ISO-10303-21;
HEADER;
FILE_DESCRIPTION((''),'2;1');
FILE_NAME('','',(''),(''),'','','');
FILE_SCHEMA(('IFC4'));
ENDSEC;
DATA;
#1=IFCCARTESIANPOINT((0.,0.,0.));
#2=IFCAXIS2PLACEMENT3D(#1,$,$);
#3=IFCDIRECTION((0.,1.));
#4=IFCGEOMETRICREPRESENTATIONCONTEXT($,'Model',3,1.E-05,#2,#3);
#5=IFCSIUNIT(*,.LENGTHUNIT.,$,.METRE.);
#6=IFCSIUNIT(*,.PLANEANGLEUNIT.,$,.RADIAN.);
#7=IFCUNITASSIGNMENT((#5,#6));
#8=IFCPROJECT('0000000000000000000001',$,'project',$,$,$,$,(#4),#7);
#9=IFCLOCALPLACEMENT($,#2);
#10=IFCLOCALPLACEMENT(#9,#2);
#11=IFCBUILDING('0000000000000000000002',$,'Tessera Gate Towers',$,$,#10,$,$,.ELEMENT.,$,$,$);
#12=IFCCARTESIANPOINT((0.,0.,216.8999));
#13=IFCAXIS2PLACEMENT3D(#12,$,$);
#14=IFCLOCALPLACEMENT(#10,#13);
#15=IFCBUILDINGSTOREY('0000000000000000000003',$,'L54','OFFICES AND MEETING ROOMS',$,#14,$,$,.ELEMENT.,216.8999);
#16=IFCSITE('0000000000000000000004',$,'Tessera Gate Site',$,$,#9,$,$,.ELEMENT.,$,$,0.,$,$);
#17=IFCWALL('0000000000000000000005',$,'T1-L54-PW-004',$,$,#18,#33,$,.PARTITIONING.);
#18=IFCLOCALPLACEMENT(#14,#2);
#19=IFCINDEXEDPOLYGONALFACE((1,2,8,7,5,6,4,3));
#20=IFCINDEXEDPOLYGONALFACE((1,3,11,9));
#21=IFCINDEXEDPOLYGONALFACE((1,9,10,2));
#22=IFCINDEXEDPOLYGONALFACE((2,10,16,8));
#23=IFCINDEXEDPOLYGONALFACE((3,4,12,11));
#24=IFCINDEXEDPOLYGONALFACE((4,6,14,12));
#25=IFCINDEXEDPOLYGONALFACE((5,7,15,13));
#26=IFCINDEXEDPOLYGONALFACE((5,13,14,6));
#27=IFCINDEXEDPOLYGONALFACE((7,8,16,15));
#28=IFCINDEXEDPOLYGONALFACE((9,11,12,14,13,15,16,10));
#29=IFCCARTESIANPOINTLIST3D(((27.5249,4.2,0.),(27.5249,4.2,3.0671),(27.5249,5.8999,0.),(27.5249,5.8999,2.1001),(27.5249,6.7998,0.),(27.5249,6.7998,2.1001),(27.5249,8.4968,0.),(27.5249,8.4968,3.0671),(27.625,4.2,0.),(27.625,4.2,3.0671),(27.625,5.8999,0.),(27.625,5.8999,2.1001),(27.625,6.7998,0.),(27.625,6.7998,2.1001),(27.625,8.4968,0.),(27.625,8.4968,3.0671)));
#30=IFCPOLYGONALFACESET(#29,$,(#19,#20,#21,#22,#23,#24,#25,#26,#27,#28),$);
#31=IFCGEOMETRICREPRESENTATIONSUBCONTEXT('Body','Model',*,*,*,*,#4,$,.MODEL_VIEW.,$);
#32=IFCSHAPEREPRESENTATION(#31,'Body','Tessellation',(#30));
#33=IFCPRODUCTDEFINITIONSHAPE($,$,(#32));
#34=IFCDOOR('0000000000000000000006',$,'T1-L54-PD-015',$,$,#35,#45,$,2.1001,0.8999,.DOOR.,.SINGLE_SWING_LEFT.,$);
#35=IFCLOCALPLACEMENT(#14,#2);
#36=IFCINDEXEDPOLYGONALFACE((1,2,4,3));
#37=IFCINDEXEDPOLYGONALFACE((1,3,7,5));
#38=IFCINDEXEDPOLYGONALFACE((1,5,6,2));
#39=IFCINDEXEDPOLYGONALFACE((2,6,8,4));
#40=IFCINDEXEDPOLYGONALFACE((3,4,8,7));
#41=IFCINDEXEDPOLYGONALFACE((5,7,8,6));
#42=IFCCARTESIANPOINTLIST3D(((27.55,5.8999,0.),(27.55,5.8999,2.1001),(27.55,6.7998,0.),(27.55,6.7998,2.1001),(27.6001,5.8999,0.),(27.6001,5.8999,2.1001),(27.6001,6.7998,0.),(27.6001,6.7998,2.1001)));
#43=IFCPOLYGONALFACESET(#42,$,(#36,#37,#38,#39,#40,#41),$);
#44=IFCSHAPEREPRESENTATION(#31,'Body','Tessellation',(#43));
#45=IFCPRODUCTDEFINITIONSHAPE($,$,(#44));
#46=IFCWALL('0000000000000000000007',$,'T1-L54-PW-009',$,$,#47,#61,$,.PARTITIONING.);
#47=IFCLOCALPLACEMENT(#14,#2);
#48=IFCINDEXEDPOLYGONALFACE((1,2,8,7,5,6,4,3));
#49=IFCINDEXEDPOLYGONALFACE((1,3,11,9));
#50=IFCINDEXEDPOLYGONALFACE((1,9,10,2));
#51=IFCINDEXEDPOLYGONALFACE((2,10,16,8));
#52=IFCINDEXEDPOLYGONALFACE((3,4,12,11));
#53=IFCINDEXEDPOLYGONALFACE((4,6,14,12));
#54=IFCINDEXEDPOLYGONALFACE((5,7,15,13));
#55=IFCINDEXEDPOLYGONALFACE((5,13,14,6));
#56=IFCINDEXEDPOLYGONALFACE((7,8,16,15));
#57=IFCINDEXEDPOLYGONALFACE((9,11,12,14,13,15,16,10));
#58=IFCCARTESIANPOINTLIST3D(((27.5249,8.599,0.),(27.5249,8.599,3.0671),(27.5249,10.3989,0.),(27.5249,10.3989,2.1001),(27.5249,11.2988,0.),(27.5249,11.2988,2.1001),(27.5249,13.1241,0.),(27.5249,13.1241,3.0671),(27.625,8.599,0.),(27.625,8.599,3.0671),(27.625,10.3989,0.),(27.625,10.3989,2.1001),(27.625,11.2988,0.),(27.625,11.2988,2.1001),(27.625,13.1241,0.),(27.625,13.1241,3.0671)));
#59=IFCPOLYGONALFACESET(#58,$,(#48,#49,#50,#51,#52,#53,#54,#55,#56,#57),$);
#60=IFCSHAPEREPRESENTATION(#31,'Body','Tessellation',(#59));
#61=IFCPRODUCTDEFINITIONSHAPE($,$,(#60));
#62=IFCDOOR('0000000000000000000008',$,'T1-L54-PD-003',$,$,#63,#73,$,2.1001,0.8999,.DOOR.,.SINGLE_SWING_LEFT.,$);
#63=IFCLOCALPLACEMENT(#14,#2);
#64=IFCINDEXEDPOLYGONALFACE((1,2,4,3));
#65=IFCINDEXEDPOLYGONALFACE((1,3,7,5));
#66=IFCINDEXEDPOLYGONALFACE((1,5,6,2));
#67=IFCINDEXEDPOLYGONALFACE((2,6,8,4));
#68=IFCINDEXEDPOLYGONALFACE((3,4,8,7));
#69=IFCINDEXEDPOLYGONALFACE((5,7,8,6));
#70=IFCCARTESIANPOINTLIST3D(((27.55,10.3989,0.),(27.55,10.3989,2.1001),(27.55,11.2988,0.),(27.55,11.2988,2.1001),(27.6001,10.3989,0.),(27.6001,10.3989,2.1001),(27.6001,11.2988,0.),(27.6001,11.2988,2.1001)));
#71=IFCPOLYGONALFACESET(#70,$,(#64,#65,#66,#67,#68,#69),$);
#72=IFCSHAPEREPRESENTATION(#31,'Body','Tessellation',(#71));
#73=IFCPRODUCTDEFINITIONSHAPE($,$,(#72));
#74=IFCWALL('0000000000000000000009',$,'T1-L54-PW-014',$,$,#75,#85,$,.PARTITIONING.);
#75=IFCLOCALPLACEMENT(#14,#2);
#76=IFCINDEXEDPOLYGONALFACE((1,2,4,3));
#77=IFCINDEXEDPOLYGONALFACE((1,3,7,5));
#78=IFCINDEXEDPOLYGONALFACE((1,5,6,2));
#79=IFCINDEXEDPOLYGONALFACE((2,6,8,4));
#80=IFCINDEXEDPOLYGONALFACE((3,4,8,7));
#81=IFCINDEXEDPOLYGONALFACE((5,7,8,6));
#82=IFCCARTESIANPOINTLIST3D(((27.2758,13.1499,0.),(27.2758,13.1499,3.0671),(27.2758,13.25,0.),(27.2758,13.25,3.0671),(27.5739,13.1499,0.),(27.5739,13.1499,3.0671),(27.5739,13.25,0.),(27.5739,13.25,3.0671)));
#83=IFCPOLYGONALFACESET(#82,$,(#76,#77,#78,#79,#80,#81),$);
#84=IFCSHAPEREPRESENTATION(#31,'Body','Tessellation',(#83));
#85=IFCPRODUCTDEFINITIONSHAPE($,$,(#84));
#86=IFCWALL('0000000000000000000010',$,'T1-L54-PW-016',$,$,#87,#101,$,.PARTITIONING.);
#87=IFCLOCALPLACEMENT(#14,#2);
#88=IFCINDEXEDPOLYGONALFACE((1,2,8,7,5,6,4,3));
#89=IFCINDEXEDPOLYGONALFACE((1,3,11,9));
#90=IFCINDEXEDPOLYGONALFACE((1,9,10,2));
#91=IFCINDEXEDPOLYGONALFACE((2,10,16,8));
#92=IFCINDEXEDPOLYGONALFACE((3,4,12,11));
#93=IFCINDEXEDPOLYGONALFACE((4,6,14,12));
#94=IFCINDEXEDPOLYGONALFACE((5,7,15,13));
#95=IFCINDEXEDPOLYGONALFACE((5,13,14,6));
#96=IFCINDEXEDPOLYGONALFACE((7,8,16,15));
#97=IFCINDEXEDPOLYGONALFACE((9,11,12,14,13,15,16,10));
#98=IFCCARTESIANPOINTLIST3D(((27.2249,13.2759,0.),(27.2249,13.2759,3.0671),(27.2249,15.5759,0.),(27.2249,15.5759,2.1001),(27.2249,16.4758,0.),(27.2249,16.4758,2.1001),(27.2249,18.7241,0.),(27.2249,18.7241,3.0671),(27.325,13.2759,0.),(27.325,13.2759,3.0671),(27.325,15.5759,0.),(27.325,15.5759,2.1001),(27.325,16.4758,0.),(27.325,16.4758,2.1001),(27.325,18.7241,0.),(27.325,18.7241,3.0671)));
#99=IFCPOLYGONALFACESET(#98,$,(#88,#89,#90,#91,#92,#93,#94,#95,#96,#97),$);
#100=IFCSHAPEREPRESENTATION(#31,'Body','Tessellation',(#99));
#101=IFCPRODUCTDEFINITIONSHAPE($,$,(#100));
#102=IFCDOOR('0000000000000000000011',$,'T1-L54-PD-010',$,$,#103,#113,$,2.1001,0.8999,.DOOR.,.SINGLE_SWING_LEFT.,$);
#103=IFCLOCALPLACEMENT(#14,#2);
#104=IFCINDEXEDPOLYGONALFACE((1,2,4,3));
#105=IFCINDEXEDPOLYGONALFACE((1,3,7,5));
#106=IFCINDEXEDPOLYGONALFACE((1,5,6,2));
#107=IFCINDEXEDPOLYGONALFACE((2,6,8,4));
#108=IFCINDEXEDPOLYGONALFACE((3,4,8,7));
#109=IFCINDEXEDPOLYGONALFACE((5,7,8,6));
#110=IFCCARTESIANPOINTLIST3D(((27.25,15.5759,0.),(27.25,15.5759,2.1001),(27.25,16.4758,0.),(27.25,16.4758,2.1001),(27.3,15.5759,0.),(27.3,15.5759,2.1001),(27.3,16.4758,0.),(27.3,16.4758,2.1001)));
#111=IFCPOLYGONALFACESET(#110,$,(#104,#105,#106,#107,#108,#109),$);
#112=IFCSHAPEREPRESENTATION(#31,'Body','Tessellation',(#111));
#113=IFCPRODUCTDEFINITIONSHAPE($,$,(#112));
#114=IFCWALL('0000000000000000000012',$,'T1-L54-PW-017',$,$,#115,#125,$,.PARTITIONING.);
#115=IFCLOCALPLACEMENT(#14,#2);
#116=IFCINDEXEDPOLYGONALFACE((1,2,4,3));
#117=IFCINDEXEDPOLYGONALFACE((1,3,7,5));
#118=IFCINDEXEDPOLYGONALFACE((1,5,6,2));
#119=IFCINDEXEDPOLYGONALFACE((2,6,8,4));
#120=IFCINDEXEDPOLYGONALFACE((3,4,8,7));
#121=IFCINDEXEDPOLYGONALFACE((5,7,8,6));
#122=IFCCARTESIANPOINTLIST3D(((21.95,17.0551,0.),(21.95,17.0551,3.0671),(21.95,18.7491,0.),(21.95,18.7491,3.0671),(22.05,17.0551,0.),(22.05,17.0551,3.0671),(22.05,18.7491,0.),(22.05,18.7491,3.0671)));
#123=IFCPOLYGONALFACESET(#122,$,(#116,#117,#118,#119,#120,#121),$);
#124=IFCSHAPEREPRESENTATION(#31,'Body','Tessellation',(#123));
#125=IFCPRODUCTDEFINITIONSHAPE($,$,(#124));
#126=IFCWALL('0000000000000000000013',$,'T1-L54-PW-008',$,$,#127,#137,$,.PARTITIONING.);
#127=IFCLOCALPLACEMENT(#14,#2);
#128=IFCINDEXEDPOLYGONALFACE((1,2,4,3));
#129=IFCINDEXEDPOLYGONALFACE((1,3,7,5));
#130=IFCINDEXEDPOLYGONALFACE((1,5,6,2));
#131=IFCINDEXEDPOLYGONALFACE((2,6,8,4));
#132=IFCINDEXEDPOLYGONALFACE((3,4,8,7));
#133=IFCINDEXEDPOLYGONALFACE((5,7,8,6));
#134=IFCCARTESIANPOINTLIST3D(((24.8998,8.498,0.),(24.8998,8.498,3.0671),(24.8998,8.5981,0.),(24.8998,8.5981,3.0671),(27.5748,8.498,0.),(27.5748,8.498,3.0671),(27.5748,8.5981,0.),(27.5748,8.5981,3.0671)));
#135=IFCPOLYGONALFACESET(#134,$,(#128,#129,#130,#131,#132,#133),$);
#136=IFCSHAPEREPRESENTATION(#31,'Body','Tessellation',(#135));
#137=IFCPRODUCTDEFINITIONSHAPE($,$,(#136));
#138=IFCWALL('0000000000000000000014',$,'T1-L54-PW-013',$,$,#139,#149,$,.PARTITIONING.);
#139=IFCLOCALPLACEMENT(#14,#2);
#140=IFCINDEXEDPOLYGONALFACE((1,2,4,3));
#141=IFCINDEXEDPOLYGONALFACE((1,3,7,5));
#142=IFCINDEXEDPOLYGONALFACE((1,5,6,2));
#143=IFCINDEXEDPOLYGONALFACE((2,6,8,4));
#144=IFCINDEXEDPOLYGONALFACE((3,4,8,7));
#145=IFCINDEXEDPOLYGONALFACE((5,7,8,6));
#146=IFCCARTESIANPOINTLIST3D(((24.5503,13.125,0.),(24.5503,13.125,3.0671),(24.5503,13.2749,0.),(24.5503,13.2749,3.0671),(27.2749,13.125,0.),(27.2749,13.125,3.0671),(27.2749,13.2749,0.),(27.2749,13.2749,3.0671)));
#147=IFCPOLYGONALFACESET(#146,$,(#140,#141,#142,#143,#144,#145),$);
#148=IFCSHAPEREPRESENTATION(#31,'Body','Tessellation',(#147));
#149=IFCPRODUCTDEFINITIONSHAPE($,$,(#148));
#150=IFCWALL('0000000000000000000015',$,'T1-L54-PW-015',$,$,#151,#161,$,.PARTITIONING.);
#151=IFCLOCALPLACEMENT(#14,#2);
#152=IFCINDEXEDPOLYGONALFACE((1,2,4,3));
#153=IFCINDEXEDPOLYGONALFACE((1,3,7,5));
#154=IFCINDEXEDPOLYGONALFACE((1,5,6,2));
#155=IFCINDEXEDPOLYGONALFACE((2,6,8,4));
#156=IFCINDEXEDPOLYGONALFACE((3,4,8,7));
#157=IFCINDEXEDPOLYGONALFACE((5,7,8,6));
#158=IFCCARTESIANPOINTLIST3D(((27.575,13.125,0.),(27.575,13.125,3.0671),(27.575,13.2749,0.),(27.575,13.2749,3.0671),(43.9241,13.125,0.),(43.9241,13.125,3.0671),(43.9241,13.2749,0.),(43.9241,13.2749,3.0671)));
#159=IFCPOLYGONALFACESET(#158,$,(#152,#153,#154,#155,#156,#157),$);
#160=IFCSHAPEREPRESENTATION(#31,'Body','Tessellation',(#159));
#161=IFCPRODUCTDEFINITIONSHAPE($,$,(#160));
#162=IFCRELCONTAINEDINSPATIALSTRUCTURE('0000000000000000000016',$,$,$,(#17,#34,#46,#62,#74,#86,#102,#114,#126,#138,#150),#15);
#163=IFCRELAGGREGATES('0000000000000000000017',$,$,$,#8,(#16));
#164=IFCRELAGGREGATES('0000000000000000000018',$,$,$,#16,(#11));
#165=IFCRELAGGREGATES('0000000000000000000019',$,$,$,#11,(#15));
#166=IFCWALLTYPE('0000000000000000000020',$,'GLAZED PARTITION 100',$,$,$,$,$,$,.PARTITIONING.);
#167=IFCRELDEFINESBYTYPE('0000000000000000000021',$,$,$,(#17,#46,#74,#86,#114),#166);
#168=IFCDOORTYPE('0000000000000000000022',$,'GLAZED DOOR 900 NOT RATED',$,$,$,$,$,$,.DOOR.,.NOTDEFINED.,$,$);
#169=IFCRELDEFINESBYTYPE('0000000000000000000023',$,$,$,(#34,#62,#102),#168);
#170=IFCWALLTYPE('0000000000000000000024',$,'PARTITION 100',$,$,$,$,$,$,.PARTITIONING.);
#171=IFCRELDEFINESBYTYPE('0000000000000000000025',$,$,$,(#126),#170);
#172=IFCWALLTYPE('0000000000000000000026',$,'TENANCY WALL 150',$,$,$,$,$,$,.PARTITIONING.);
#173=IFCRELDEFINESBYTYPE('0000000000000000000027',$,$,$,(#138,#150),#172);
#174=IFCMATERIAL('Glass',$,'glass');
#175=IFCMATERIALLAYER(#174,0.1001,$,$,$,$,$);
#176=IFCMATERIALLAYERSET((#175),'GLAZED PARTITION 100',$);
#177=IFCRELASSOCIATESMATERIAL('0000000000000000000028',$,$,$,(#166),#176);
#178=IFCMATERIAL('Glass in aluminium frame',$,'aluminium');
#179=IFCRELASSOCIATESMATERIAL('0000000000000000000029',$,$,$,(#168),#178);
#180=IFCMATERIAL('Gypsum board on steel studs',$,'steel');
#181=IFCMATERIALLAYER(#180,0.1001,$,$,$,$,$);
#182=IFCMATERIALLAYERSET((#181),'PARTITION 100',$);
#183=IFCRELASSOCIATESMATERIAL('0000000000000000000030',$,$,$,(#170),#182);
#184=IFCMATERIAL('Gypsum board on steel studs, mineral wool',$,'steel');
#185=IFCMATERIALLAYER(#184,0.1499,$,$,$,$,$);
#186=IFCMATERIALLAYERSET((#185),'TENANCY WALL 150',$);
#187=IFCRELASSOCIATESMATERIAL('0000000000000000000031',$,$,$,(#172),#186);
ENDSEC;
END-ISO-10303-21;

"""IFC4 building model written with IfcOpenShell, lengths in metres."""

from ifc_helpers import new_model, si_unit, direction, frame, frame_2d, origin, place, context, subcontext, project, spatial, rectangle, extrude, source, transform, mapped, material, layer, layer_set, type_object, element, fill, save


model = new_model("IFC4")

# Units and contexts
model_context = context("Model", 3, precision=1e-05, world=origin(), true_north=direction((0.0, 1.0)))
body_context = subcontext(model_context, "Body", "Model", "MODEL_VIEW")
ifc_project = project(units=[si_unit("LENGTHUNIT", "METRE"), si_unit("PLANEANGLEUNIT", "RADIAN")], contexts=[model_context])

# Site, building, storey
site_placement = place(None, origin())
site = spatial("IfcSite", under=ifc_project, at=site_placement, Name="Tessera Gate Site", CompositionType="ELEMENT", RefElevation=0.0)
building_placement = place(site_placement, origin())
building = spatial("IfcBuilding", under=site, at=building_placement, Name="Tessera Gate Towers", CompositionType="ELEMENT")
storey_placement = place(building_placement, frame((0.0, 0.0, 216.8999)))
storey = spatial("IfcBuildingStorey", under=building, at=storey_placement, Name="L54", Description="OFFICES AND MEETING ROOMS", CompositionType="ELEMENT", Elevation=216.8999)

# Shared definitions
ifc_material_1 = material(Name="Glass", Category="glass")
ifc_layer_1 = layer(ifc_material_1, 0.1001)
ifc_layer_set_1 = layer_set([ifc_layer_1], Name="GLAZED PARTITION 100")
wall_type_1 = type_object("IfcWallType", Name="GLAZED PARTITION 100", PredefinedType="PARTITIONING", material=ifc_layer_set_1)

# Walls, openings, doors
wall_1_placement = place(storey_placement, frame((27.575, 4.2, 0.0), z_axis=(0.0, 0.0, 1.0), x_axis=(0.0, 1.0, 0.0)))
wall_1 = element("IfcWall", 1, at=wall_1_placement, inside=storey, type_object=wall_type_1, Name="T1-L54-PW-004", PredefinedType="PARTITIONING", context=body_context, shape_type="SweptSolid", body=[
    extrude(rectangle(XDim=4.2969, YDim=0.1001, at=frame_2d((2.1484, 0.0))), origin(), (0.0, 0.0, 1.0), 3.0671),
])
shared_shape_1 = source(origin(), body_context, "Body", "SweptSolid", [
    extrude(rectangle(XDim=0.8999, YDim=2.1001, at=frame_2d((0.45, 1.05))), frame((0.0, 0.0601, 0.0), z_axis=(0.0, -1.0, 0.0), x_axis=(1.0, 0.0, 0.0)), (0.0, 0.0, 1.0), 0.1201),
])
opening_1_placement = place(wall_1_placement, frame((1.7, 0.0, 0.0)))
opening_1 = element("IfcOpeningElement", 2, at=opening_1_placement, cuts=wall_1, PredefinedType="OPENING", context=body_context, shape_type="MappedRepresentation", body=[
    mapped(shared_shape_1, transform((0.0, 0.0, 0.0), scale=1.0)),
])
ifc_material_2 = material(Name="Glass in aluminium frame", Category="aluminium")
door_type = type_object("IfcDoorType", Name="GLAZED DOOR 900 NOT RATED", OperationType="NOTDEFINED", PredefinedType="DOOR", material=ifc_material_2)
shared_shape_2 = source(origin(), body_context, "Body", "SweptSolid", [
    extrude(rectangle(XDim=0.8999, YDim=2.1001, at=frame_2d((0.45, 1.05))), frame((0.0, 0.0249, 0.0), z_axis=(0.0, -1.0, 0.0), x_axis=(1.0, 0.0, 0.0)), (0.0, 0.0, 1.0), 0.05),
])
door_1_placement = place(opening_1_placement, origin())
door_1 = element("IfcDoor", 3, at=door_1_placement, inside=storey, type_object=door_type, Name="T1-L54-PD-015", OperationType="SINGLE_SWING_LEFT", OverallHeight=2.1001, OverallWidth=0.8999, PredefinedType="DOOR", context=body_context, shape_type="MappedRepresentation", body=[
    mapped(shared_shape_2, transform((0.0, 0.0, 0.0), scale=1.0)),
])
fill(opening_1, door_1)
wall_2_placement = place(storey_placement, frame((27.575, 8.5989, 0.0), z_axis=(0.0, 0.0, 1.0), x_axis=(0.0, 1.0, 0.0)))
wall_2 = element("IfcWall", 4, at=wall_2_placement, inside=storey, type_object=wall_type_1, Name="T1-L54-PW-009", PredefinedType="PARTITIONING", context=body_context, shape_type="SweptSolid", body=[
    extrude(rectangle(XDim=4.5251, YDim=0.1001, at=frame_2d((2.2627, 0.0))), origin(), (0.0, 0.0, 1.0), 3.0671),
])
opening_2_placement = place(wall_2_placement, frame((1.8, 0.0, 0.0)))
opening_2 = element("IfcOpeningElement", 5, at=opening_2_placement, cuts=wall_2, PredefinedType="OPENING", context=body_context, shape_type="MappedRepresentation", body=[
    mapped(shared_shape_1, transform((0.0, 0.0, 0.0), scale=1.0)),
])
door_2_placement = place(opening_2_placement, origin())
door_2 = element("IfcDoor", 6, at=door_2_placement, inside=storey, type_object=door_type, Name="T1-L54-PD-003", OperationType="SINGLE_SWING_LEFT", OverallHeight=2.1001, OverallWidth=0.8999, PredefinedType="DOOR", context=body_context, shape_type="MappedRepresentation", body=[
    mapped(shared_shape_2, transform((0.0, 0.0, 0.0), scale=1.0)),
])
fill(opening_2, door_2)

# Wall
wall_3_placement = place(storey_placement, frame((27.2759, 13.2, 0.0), z_axis=(0.0, 0.0, 1.0), x_axis=(1.0, 0.0, 0.0)))
element("IfcWall", 7, at=wall_3_placement, inside=storey, type_object=wall_type_1, Name="T1-L54-PW-014", PredefinedType="PARTITIONING", context=body_context, shape_type="SweptSolid", body=[
    extrude(rectangle(XDim=0.2981, YDim=0.1001, at=frame_2d((0.1489, 0.0))), origin(), (0.0, 0.0, 1.0), 3.0671),
])

# Wall, opening, door
wall_4_placement = place(storey_placement, frame((27.2749, 13.2759, 0.0), z_axis=(0.0, 0.0, 1.0), x_axis=(0.0, 1.0, 0.0)))
wall_4 = element("IfcWall", 8, at=wall_4_placement, inside=storey, type_object=wall_type_1, Name="T1-L54-PW-016", PredefinedType="PARTITIONING", context=body_context, shape_type="SweptSolid", body=[
    extrude(rectangle(XDim=5.4482, YDim=0.1001, at=frame_2d((2.7241, 0.0))), origin(), (0.0, 0.0, 1.0), 3.0671),
])
opening_3_placement = place(wall_4_placement, frame((2.3, 0.0, 0.0)))
opening_3 = element("IfcOpeningElement", 9, at=opening_3_placement, cuts=wall_4, PredefinedType="OPENING", context=body_context, shape_type="MappedRepresentation", body=[
    mapped(shared_shape_1, transform((0.0, 0.0, 0.0), scale=1.0)),
])
door_3_placement = place(opening_3_placement, origin())
door_3 = element("IfcDoor", 10, at=door_3_placement, inside=storey, type_object=door_type, Name="T1-L54-PD-010", OperationType="SINGLE_SWING_LEFT", OverallHeight=2.1001, OverallWidth=0.8999, PredefinedType="DOOR", context=body_context, shape_type="MappedRepresentation", body=[
    mapped(shared_shape_2, transform((0.0, 0.0, 0.0), scale=1.0)),
])
fill(opening_3, door_3)

# Walls
wall_5_placement = place(storey_placement, frame((22.0, 17.0549, 0.0), z_axis=(0.0, 0.0, 1.0), x_axis=(0.0, 1.0, 0.0)))
element("IfcWall", 11, at=wall_5_placement, inside=storey, type_object=wall_type_1, Name="T1-L54-PW-017", PredefinedType="PARTITIONING", context=body_context, shape_type="SweptSolid", body=[
    extrude(rectangle(XDim=1.6941, YDim=0.1001, at=frame_2d((0.8472, 0.0))), origin(), (0.0, 0.0, 1.0), 3.0671),
])
ifc_material_3 = material(Name="Gypsum board on steel studs", Category="steel")
ifc_layer_2 = layer(ifc_material_3, 0.1001)
ifc_layer_set_2 = layer_set([ifc_layer_2], Name="PARTITION 100")
wall_type_2 = type_object("IfcWallType", Name="PARTITION 100", PredefinedType="PARTITIONING", material=ifc_layer_set_2)
wall_6_placement = place(storey_placement, frame((24.8999, 8.5481, 0.0), z_axis=(0.0, 0.0, 1.0), x_axis=(1.0, 0.0, 0.0)))
element("IfcWall", 12, at=wall_6_placement, inside=storey, type_object=wall_type_2, Name="T1-L54-PW-008", PredefinedType="PARTITIONING", context=body_context, shape_type="SweptSolid", body=[
    extrude(rectangle(XDim=2.675, YDim=0.1001, at=frame_2d((1.3374, 0.0))), origin(), (0.0, 0.0, 1.0), 3.0671),
])
ifc_material_4 = material(Name="Gypsum board on steel studs, mineral wool", Category="steel")
ifc_layer_3 = layer(ifc_material_4, 0.1499)
ifc_layer_set_3 = layer_set([ifc_layer_3], Name="TENANCY WALL 150")
wall_type_3 = type_object("IfcWallType", Name="TENANCY WALL 150", PredefinedType="PARTITIONING", material=ifc_layer_set_3)
wall_7_placement = place(storey_placement, frame((24.5503, 13.2, 0.0), z_axis=(0.0, 0.0, 1.0), x_axis=(1.0, 0.0, 0.0)))
element("IfcWall", 13, at=wall_7_placement, inside=storey, type_object=wall_type_3, Name="T1-L54-PW-013", PredefinedType="PARTITIONING", context=body_context, shape_type="SweptSolid", body=[
    extrude(rectangle(XDim=2.7246, YDim=0.1499, at=frame_2d((1.3623, 0.0))), origin(), (0.0, 0.0, 1.0), 3.0671),
])
wall_8_placement = place(storey_placement, frame((27.575, 13.2, 0.0), z_axis=(0.0, 0.0, 1.0), x_axis=(1.0, 0.0, 0.0)))
element("IfcWall", 14, at=wall_8_placement, inside=storey, type_object=wall_type_3, Name="T1-L54-PW-015", PredefinedType="PARTITIONING", context=body_context, shape_type="SweptSolid", body=[
    extrude(rectangle(XDim=16.3491, YDim=0.1499, at=frame_2d((8.1746, 0.0))), origin(), (0.0, 0.0, 1.0), 3.0671),
])

save(model, "model.ifc")
